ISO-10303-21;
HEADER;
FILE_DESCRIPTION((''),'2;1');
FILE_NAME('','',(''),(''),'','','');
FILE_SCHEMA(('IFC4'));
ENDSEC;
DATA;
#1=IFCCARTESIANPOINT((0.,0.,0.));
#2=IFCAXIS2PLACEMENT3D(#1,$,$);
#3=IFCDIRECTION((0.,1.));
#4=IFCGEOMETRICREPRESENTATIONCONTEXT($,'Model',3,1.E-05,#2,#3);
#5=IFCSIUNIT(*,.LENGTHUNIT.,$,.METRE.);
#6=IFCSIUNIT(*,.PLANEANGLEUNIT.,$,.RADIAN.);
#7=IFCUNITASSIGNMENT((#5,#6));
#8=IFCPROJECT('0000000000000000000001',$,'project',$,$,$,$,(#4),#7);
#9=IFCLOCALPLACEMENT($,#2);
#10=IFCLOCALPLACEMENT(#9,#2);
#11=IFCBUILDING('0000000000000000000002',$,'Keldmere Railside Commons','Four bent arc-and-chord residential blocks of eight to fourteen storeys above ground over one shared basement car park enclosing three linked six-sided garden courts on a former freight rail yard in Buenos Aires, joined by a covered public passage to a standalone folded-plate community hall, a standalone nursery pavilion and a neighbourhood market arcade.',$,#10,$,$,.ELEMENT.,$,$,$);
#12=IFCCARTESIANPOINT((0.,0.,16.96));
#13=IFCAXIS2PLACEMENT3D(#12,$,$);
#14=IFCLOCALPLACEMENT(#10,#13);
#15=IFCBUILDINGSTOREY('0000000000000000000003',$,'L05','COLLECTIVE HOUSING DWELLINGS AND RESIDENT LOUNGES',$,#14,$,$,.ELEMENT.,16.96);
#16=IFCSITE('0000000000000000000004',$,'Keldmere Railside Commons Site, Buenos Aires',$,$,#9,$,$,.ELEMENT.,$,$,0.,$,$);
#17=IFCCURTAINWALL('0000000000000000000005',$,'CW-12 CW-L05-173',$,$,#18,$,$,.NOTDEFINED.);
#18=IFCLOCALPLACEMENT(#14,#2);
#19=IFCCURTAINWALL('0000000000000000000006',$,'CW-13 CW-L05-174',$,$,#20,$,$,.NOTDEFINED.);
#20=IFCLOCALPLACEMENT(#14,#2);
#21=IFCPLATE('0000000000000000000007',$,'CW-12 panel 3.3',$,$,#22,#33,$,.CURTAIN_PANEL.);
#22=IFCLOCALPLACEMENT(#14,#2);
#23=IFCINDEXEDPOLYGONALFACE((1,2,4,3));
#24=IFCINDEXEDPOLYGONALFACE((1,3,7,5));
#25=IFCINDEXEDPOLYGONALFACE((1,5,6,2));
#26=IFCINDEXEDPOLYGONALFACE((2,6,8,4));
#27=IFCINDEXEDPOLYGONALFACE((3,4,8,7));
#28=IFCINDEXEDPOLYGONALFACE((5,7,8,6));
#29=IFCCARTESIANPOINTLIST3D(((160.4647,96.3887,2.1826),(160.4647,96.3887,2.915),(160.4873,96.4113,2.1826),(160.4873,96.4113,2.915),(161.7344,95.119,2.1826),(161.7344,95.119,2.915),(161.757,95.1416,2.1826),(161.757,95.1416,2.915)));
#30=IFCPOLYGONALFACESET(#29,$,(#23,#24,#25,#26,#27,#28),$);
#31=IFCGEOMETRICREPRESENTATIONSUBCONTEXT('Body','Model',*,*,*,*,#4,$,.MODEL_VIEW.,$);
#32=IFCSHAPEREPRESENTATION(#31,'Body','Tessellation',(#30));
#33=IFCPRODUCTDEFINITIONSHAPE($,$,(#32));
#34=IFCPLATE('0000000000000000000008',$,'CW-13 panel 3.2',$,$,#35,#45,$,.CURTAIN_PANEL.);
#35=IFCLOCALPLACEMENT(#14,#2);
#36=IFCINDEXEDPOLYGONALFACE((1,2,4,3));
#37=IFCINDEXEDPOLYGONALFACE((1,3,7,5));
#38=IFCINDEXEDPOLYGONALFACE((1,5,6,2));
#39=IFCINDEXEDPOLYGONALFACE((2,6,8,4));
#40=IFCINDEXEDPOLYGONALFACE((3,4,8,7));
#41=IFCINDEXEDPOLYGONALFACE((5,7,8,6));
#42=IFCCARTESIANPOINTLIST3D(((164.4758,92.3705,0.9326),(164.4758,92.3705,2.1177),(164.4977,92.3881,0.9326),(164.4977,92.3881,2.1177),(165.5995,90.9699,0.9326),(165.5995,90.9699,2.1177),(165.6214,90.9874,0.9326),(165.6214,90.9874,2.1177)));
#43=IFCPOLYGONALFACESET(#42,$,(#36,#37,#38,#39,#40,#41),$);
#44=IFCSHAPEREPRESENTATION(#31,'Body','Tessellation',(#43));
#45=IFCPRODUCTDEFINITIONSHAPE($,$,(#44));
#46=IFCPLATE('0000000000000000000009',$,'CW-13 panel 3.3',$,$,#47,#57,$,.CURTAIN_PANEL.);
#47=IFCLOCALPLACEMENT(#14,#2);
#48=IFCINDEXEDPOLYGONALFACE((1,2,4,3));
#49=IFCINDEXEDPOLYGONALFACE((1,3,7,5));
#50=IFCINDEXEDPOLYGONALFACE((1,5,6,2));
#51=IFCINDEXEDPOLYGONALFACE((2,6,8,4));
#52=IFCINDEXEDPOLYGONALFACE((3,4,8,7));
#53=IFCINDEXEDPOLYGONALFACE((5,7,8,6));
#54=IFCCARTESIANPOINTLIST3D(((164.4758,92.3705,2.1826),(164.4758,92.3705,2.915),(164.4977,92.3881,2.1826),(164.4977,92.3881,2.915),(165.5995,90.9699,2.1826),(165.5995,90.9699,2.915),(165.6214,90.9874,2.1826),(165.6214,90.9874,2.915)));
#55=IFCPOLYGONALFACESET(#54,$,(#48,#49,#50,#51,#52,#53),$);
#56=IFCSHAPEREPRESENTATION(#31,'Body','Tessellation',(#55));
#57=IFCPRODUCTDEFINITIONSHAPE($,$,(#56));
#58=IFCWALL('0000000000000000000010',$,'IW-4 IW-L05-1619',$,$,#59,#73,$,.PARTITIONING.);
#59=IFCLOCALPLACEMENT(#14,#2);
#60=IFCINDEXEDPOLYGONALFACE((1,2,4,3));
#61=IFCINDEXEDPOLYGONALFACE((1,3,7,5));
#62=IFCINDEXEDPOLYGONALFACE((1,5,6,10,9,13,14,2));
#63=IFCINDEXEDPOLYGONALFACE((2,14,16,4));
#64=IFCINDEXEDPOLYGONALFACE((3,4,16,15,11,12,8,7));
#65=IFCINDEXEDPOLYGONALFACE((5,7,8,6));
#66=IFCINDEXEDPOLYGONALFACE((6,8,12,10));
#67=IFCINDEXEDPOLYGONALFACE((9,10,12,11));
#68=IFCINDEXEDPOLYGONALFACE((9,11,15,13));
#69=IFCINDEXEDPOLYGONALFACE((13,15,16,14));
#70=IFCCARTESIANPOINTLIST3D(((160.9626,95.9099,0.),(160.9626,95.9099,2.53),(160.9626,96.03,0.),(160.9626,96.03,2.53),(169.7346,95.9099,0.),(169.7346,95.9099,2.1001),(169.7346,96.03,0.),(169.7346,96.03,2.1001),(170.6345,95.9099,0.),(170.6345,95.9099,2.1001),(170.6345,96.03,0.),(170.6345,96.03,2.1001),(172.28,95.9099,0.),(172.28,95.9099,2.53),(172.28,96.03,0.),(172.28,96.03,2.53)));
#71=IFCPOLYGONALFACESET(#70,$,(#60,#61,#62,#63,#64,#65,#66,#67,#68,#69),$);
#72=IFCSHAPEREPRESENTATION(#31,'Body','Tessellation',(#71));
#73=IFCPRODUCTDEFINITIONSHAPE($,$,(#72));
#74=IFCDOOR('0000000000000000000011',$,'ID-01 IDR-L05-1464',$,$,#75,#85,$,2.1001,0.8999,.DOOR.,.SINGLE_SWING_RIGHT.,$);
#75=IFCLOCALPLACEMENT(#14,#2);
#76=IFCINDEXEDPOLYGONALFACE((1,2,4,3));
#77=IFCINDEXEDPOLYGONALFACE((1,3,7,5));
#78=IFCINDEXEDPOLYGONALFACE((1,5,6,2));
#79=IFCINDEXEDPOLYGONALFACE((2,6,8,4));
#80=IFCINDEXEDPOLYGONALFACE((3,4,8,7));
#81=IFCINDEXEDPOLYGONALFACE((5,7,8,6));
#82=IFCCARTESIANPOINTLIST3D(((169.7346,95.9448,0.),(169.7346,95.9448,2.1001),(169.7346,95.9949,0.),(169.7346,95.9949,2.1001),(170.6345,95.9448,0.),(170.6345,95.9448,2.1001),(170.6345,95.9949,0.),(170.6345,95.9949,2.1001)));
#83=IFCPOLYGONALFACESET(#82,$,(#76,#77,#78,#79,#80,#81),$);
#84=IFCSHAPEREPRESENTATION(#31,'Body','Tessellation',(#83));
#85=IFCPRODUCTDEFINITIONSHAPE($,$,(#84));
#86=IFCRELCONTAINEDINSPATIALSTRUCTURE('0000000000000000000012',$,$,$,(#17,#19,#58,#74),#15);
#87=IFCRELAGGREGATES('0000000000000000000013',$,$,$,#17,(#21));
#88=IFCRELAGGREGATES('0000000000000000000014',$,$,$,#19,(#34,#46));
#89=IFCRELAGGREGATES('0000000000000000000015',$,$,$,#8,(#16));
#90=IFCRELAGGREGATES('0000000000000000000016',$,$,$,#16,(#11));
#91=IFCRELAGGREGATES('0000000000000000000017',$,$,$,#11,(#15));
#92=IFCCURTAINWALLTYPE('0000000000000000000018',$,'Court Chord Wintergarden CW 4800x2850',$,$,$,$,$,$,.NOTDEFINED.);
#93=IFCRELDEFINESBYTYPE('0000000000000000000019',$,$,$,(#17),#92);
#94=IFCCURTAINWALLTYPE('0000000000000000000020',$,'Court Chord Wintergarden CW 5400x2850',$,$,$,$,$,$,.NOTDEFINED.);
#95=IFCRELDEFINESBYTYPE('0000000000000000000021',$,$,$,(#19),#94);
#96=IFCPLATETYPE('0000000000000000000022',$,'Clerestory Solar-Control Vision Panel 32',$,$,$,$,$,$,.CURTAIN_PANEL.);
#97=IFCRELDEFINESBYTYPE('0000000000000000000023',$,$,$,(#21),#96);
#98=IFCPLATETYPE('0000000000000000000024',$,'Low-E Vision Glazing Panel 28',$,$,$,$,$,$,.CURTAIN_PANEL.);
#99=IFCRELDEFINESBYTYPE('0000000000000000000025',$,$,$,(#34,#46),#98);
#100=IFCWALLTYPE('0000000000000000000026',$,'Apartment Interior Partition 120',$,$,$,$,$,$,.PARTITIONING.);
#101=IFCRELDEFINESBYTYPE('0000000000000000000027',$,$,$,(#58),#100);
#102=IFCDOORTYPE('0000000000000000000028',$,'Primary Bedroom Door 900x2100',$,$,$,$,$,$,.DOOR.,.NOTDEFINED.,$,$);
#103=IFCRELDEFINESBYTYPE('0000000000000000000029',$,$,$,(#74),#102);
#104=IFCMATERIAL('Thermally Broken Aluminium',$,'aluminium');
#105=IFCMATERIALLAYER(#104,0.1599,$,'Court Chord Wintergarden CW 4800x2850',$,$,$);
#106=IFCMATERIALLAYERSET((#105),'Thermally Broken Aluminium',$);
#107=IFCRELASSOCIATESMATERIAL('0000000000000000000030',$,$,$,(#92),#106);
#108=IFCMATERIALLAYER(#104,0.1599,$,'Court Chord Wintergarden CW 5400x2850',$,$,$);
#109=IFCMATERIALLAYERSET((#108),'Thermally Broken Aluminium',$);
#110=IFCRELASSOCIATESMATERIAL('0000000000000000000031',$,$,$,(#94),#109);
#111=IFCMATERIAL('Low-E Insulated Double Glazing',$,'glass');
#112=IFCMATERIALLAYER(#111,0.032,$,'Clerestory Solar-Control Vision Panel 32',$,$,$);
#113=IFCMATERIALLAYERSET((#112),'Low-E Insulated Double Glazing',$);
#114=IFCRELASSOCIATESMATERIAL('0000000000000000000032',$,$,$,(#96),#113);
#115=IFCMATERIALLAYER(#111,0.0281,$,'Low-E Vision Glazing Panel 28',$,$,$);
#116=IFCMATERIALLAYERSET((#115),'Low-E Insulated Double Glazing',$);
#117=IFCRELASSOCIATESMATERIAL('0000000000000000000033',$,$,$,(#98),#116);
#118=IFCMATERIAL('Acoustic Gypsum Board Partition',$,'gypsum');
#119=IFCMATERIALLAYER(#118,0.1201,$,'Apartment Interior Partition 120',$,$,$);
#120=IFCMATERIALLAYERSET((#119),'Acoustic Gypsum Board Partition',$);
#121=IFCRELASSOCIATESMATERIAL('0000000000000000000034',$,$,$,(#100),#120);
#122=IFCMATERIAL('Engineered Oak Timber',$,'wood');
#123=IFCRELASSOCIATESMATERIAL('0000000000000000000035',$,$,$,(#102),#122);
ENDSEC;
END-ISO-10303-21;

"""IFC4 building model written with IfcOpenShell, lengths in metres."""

from ifc_helpers import new_model, si_unit, direction, frame, frame_2d, origin, origin_2d, place, context, subcontext, project, spatial, rectangle, extrude, material, layer, layer_set, type_object, element, fill, aggregate, save


model = new_model("IFC4")

# Units and contexts
model_context = context("Model", 3, precision=1e-05, world=origin(), true_north=direction((0.0, 1.0)))
body_context = subcontext(model_context, "Body", "Model", "MODEL_VIEW")
ifc_project = project(units=[si_unit("LENGTHUNIT", "METRE"), si_unit("PLANEANGLEUNIT", "RADIAN")], contexts=[model_context])

# Site, building, storey
site_placement = place(None, origin())
site = spatial("IfcSite", under=ifc_project, at=site_placement, Name="Keldmere Railside Commons Site, Buenos Aires", CompositionType="ELEMENT", RefElevation=0.0)
building_placement = place(site_placement, origin())
building = spatial("IfcBuilding", under=site, at=building_placement, Name="Keldmere Railside Commons", Description="Four bent arc-and-chord residential blocks of eight to fourteen storeys above ground over one shared basement car park enclosing three linked six-sided garden courts on a former freight rail yard in Buenos Aires, joined by a covered public passage to a standalone folded-plate community hall, a standalone nursery pavilion and a neighbourhood market arcade.", CompositionType="ELEMENT")
storey_placement = place(building_placement, frame((0.0, 0.0, 16.96)))
storey = spatial("IfcBuildingStorey", under=building, at=storey_placement, Name="L05", Description="COLLECTIVE HOUSING DWELLINGS AND RESIDENT LOUNGES", CompositionType="ELEMENT", Elevation=16.96)

# Curtain wall
ifc_material_1 = material(Name="Thermally Broken Aluminium", Category="aluminium")
ifc_layer_1 = layer(ifc_material_1, 0.1599, Name="Court Chord Wintergarden CW 4800x2850")
ifc_layer_set_1 = layer_set([ifc_layer_1], Name="Thermally Broken Aluminium")
curtain_wall_type_1 = type_object("IfcCurtainWallType", Name="Court Chord Wintergarden CW 4800x2850", PredefinedType="NOTDEFINED", material=ifc_layer_set_1)
curtain_wall_1_placement = place(storey_placement, origin())
curtain_wall_1 = element("IfcCurtainWall", 1, at=curtain_wall_1_placement, inside=storey, type_object=curtain_wall_type_1, Name="CW-12 CW-L05-173", PredefinedType="NOTDEFINED")

# Curtain wall
ifc_layer_2 = layer(ifc_material_1, 0.1599, Name="Court Chord Wintergarden CW 5400x2850")
ifc_layer_set_2 = layer_set([ifc_layer_2], Name="Thermally Broken Aluminium")
curtain_wall_type_2 = type_object("IfcCurtainWallType", Name="Court Chord Wintergarden CW 5400x2850", PredefinedType="NOTDEFINED", material=ifc_layer_set_2)
curtain_wall_2_placement = place(storey_placement, origin())
curtain_wall_2 = element("IfcCurtainWall", 2, at=curtain_wall_2_placement, inside=storey, type_object=curtain_wall_type_2, Name="CW-13 CW-L05-174", PredefinedType="NOTDEFINED")

# Plates
ifc_material_2 = material(Name="Low-E Insulated Double Glazing", Category="glass")
ifc_layer_3 = layer(ifc_material_2, 0.032, Name="Clerestory Solar-Control Vision Panel 32")
ifc_layer_set_3 = layer_set([ifc_layer_3], Name="Low-E Insulated Double Glazing")
plate_type_1 = type_object("IfcPlateType", Name="Clerestory Solar-Control Vision Panel 32", PredefinedType="CURTAIN_PANEL", material=ifc_layer_set_3)
plate_1_placement = place(storey_placement, frame((161.1108, 95.7651, 2.1826), z_axis=(0.0, 0.0, 1.0), x_axis=(-0.707107, 0.707107, 0.0)))
plate_1 = element("IfcPlate", 3, at=plate_1_placement, type_object=plate_type_1, Name="CW-12 panel 3.3", PredefinedType="CURTAIN_PANEL", context=body_context, shape_type="SweptSolid", body=[
    extrude(rectangle(XDim=1.7957, YDim=0.032, at=origin_2d()), origin(), (0.0, 0.0, 1.0), 0.7324),
])
aggregate(curtain_wall_1, [plate_1])
ifc_layer_4 = layer(ifc_material_2, 0.0281, Name="Low-E Vision Glazing Panel 28")
ifc_layer_set_4 = layer_set([ifc_layer_4], Name="Low-E Insulated Double Glazing")
plate_type_2 = type_object("IfcPlateType", Name="Low-E Vision Glazing Panel 28", PredefinedType="CURTAIN_PANEL", material=ifc_layer_set_4)
plate_2_placement = place(storey_placement, frame((165.0486, 91.679, 0.9326), z_axis=(0.0, 0.0, 1.0), x_axis=(-0.625768, 0.780009, 0.0)))
plate_2 = element("IfcPlate", 4, at=plate_2_placement, type_object=plate_type_2, Name="CW-13 panel 3.2", PredefinedType="CURTAIN_PANEL", context=body_context, shape_type="SweptSolid", body=[
    extrude(rectangle(XDim=1.7957, YDim=0.0281, at=origin_2d()), origin(), (0.0, 0.0, 1.0), 1.1851),
])
plate_3_placement = place(storey_placement, frame((165.0486, 91.679, 2.1826), z_axis=(0.0, 0.0, 1.0), x_axis=(-0.625768, 0.780009, 0.0)))
plate_3 = element("IfcPlate", 5, at=plate_3_placement, type_object=plate_type_2, Name="CW-13 panel 3.3", PredefinedType="CURTAIN_PANEL", context=body_context, shape_type="SweptSolid", body=[
    extrude(rectangle(XDim=1.7957, YDim=0.0281, at=origin_2d()), origin(), (0.0, 0.0, 1.0), 0.7324),
])
aggregate(curtain_wall_2, [plate_2, plate_3])

# Wall, opening, door
ifc_material_3 = material(Name="Acoustic Gypsum Board Partition", Category="gypsum")
ifc_layer_5 = layer(ifc_material_3, 0.1201, Name="Apartment Interior Partition 120")
ifc_layer_set_5 = layer_set([ifc_layer_5], Name="Acoustic Gypsum Board Partition")
wall_type = type_object("IfcWallType", Name="Apartment Interior Partition 120", PredefinedType="PARTITIONING", material=ifc_layer_set_5)
wall_placement = place(storey_placement, frame((160.9626, 95.97, 0.0), z_axis=(0.0, 0.0, 1.0), x_axis=(1.0, 0.0, 0.0)))
wall = element("IfcWall", 6, at=wall_placement, inside=storey, type_object=wall_type, Name="IW-4 IW-L05-1619", PredefinedType="PARTITIONING", context=body_context, shape_type="SweptSolid", body=[
    extrude(rectangle(XDim=11.3174, YDim=0.1201, at=frame_2d((5.6587, 0.0))), origin(), (0.0, 0.0, 1.0), 2.53),
])
opening_placement = place(wall_placement, frame((8.772, 0.0, 0.0)))
opening = element("IfcOpeningElement", 7, at=opening_placement, cuts=wall, PredefinedType="OPENING", context=body_context, shape_type="SweptSolid", body=[
    extrude(rectangle(XDim=0.8999, YDim=2.1001, at=frame_2d((0.45, 1.05))), frame((0.0, 0.0701, 0.0), z_axis=(0.0, -1.0, 0.0), x_axis=(1.0, 0.0, 0.0)), (0.0, 0.0, 1.0), 0.1401),
])
ifc_material_4 = material(Name="Engineered Oak Timber", Category="wood")
door_type = type_object("IfcDoorType", Name="Primary Bedroom Door 900x2100", OperationType="NOTDEFINED", PredefinedType="DOOR", material=ifc_material_4)
door_placement = place(opening_placement, origin())
door = element("IfcDoor", 8, at=door_placement, inside=storey, type_object=door_type, Name="ID-01 IDR-L05-1464", OperationType="SINGLE_SWING_RIGHT", OverallHeight=2.1001, OverallWidth=0.8999, PredefinedType="DOOR", context=body_context, shape_type="SweptSolid", body=[
    extrude(rectangle(XDim=0.8999, YDim=2.1001, at=frame_2d((0.45, 1.05))), frame((0.0, 0.0249, 0.0), z_axis=(0.0, -1.0, 0.0), x_axis=(1.0, 0.0, 0.0)), (0.0, 0.0, 1.0), 0.05),
])
fill(opening, door)

save(model, "model.ifc")
